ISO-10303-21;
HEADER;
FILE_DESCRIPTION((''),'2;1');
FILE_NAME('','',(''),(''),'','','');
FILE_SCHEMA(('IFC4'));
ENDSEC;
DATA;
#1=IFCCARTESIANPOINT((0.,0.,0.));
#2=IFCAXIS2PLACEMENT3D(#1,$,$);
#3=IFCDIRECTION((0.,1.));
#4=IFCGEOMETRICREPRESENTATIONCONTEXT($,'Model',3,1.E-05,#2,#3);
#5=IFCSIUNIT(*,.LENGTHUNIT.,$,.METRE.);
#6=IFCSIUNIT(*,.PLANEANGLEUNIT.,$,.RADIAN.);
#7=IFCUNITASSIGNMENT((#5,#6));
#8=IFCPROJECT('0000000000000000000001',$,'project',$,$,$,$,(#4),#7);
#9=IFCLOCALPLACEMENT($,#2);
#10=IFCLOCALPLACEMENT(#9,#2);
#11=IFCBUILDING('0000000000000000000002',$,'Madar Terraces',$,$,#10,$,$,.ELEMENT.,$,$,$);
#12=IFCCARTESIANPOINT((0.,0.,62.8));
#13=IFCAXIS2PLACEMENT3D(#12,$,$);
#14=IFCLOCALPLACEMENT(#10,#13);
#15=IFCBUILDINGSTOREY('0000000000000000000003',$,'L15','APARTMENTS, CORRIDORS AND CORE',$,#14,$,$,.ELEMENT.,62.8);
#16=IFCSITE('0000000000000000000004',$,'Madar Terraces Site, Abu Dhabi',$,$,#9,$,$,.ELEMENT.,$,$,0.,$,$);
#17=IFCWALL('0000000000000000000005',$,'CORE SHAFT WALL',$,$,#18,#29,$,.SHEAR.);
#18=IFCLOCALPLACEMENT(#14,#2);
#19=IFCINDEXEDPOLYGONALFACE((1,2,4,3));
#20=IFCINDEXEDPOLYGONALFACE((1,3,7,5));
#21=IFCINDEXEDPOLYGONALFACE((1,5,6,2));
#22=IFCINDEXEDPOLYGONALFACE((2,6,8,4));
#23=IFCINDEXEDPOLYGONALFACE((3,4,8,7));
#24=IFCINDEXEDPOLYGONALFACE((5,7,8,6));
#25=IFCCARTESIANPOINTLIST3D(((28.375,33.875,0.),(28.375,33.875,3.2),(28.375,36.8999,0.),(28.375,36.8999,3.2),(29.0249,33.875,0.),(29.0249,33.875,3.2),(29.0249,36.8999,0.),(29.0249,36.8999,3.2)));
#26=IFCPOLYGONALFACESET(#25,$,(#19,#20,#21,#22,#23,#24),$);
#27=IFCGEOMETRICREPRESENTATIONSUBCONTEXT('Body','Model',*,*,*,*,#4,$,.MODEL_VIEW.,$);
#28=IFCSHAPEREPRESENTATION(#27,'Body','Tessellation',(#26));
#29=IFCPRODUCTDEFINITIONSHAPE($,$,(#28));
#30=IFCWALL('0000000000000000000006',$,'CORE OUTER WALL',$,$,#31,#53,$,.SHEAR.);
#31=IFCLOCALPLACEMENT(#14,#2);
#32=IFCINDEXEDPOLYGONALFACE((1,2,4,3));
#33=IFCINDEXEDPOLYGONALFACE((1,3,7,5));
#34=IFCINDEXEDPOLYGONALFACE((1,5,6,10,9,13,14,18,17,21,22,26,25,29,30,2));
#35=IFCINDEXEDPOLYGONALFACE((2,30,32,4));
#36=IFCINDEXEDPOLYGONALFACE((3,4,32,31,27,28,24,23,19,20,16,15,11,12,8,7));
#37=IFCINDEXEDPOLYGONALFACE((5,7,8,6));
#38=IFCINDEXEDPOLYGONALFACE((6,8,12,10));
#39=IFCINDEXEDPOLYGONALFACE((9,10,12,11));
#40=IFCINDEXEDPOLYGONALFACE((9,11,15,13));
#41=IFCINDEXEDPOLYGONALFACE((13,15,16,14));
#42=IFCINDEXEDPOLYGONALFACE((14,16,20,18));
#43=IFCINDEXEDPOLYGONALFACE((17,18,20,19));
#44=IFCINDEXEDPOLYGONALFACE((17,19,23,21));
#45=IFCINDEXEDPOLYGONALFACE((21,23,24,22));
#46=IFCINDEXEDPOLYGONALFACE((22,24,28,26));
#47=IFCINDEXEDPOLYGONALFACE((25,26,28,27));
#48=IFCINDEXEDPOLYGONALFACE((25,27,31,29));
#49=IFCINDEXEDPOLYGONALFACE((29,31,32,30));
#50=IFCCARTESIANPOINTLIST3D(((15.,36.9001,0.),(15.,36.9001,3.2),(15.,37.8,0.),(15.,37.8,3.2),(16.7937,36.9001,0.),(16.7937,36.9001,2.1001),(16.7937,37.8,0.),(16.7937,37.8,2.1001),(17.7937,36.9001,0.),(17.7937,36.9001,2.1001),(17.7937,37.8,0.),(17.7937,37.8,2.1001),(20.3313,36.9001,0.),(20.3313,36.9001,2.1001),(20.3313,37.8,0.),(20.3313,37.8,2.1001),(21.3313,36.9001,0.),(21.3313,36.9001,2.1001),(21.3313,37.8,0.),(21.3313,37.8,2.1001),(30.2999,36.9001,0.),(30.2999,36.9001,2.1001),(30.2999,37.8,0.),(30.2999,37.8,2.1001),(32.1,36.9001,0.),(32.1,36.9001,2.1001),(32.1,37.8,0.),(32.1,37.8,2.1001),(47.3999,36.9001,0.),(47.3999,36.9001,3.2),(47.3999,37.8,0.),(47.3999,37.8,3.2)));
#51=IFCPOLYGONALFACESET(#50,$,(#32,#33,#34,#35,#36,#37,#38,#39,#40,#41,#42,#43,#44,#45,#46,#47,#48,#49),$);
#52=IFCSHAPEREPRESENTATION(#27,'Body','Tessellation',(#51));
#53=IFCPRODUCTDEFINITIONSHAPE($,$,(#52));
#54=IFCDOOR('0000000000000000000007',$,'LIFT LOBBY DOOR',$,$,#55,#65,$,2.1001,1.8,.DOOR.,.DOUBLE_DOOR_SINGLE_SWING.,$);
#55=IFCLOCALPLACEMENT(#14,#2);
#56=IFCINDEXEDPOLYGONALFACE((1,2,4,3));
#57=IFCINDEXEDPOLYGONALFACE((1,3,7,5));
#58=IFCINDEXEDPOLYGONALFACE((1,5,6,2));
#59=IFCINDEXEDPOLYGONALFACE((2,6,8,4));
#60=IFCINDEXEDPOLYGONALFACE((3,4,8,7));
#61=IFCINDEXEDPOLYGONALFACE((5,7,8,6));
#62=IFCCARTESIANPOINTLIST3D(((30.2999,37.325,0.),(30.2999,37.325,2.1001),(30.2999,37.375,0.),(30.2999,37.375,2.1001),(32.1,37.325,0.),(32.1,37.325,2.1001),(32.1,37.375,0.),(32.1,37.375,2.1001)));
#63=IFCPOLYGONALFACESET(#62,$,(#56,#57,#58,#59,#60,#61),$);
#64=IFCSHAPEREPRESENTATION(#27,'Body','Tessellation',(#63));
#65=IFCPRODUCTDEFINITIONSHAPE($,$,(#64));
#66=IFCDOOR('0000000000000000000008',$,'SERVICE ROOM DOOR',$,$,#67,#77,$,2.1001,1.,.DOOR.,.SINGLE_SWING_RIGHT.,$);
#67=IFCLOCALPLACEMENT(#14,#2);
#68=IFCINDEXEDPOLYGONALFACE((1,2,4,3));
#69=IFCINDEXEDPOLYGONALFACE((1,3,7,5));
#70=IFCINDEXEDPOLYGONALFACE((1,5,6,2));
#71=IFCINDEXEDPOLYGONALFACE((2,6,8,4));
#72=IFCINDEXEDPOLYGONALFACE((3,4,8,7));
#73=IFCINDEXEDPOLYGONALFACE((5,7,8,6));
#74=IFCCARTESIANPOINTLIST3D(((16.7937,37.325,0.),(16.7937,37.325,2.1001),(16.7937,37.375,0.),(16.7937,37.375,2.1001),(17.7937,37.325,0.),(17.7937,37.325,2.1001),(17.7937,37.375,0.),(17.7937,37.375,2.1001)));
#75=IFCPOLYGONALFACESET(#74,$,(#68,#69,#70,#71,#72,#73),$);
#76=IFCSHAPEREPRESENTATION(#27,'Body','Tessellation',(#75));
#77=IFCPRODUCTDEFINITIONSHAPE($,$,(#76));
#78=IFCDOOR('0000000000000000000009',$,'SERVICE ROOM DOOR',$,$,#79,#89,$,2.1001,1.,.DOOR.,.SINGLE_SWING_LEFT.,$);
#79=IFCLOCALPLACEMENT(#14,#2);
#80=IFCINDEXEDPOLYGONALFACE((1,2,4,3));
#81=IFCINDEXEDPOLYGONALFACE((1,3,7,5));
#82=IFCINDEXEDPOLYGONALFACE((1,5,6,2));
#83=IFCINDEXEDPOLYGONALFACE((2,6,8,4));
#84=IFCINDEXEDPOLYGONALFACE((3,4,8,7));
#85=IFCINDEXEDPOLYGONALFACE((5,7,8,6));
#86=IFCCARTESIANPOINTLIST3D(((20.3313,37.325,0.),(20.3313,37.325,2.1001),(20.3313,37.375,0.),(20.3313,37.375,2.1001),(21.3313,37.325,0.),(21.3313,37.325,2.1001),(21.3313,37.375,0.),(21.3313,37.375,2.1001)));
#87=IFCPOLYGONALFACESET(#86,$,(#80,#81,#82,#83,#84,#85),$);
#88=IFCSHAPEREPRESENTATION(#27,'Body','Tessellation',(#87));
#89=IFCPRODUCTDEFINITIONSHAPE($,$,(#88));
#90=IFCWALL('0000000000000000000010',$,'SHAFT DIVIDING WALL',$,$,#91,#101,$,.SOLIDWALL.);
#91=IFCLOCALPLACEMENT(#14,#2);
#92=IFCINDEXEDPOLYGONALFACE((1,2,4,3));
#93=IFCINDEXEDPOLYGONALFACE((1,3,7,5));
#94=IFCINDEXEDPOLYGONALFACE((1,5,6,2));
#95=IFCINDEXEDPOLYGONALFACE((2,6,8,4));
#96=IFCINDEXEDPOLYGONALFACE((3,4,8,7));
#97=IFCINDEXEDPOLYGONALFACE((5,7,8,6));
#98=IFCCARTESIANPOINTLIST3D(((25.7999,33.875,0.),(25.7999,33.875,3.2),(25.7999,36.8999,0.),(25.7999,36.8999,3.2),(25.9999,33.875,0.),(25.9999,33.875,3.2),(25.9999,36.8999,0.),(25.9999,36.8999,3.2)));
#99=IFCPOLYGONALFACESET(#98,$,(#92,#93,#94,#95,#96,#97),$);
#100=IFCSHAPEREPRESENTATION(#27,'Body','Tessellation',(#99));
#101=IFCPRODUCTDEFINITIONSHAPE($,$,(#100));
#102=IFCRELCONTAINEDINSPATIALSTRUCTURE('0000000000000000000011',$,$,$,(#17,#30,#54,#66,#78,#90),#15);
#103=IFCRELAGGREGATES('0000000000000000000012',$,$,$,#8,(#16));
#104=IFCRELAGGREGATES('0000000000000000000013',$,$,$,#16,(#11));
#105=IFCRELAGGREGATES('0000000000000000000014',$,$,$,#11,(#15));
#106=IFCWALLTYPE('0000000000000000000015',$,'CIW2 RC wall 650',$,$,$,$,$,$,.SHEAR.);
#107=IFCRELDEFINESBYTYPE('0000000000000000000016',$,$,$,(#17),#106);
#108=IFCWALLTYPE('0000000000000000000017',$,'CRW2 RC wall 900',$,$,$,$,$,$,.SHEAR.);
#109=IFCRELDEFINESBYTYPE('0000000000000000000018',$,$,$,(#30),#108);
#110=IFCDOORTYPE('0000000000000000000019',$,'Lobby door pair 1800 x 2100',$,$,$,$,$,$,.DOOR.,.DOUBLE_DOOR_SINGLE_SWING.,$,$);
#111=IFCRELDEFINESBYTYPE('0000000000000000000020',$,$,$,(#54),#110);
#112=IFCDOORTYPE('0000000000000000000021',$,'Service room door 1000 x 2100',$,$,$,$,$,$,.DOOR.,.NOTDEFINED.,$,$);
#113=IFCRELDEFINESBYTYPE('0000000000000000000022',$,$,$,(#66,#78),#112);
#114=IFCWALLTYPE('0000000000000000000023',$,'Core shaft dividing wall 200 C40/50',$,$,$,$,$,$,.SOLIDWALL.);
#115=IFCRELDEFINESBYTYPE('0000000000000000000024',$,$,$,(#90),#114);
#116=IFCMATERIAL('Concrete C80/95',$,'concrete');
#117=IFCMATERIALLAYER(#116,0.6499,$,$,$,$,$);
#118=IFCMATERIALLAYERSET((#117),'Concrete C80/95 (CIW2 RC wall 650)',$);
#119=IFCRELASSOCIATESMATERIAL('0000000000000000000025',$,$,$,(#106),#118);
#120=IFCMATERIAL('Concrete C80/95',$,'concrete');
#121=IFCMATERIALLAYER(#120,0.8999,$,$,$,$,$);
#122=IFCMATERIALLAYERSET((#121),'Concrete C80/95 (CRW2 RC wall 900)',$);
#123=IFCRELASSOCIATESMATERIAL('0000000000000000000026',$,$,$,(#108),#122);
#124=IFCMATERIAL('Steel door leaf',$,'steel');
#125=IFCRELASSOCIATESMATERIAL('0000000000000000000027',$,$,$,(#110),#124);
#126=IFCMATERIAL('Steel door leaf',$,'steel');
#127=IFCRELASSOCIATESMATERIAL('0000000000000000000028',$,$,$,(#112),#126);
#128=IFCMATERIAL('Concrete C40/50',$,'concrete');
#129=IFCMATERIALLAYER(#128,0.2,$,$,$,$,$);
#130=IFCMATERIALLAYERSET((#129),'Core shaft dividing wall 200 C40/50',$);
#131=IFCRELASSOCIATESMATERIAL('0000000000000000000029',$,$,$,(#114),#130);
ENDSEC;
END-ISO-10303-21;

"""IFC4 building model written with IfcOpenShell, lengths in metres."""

from ifc_helpers import new_model, si_unit, direction, frame, frame_2d, origin, place, context, subcontext, project, spatial, rectangle, extrude, material, layer, layer_set, type_object, element, fill, save


model = new_model("IFC4")

# Units and contexts
model_context = context("Model", 3, precision=1e-05, world=origin(), true_north=direction((0.0, 1.0)))
body_context = subcontext(model_context, "Body", "Model", "MODEL_VIEW")
ifc_project = project(units=[si_unit("LENGTHUNIT", "METRE"), si_unit("PLANEANGLEUNIT", "RADIAN")], contexts=[model_context])

# Site, building, storey
site_placement = place(None, origin())
site = spatial("IfcSite", under=ifc_project, at=site_placement, Name="Madar Terraces Site, Abu Dhabi", CompositionType="ELEMENT", RefElevation=0.0)
building_placement = place(site_placement, origin())
building = spatial("IfcBuilding", under=site, at=building_placement, Name="Madar Terraces", CompositionType="ELEMENT")
storey_placement = place(building_placement, frame((0.0, 0.0, 62.8)))
storey = spatial("IfcBuildingStorey", under=building, at=storey_placement, Name="L15", Description="APARTMENTS, CORRIDORS AND CORE", CompositionType="ELEMENT", Elevation=62.8)

# Wall
ifc_material_1 = material(Name="Concrete C80/95", Category="concrete")
ifc_layer_1 = layer(ifc_material_1, 0.6499)
ifc_layer_set_1 = layer_set([ifc_layer_1], Name="Concrete C80/95 (CIW2 RC wall 650)")
wall_type_1 = type_object("IfcWallType", Name="CIW2 RC wall 650", PredefinedType="SHEAR", material=ifc_layer_set_1)
wall_1_placement = place(storey_placement, frame((28.7, 33.875, 0.0), z_axis=(0.0, 0.0, 1.0), x_axis=(0.0, 1.0, 0.0)))
element("IfcWall", 1, at=wall_1_placement, inside=storey, type_object=wall_type_1, Name="CORE SHAFT WALL", PredefinedType="SHEAR", context=body_context, shape_type="SweptSolid", body=[
    extrude(rectangle(XDim=3.0249, YDim=0.6499, at=frame_2d((1.5125, 0.0))), origin(), (0.0, 0.0, 1.0), 3.2),
])

# Wall, openings, doors
ifc_material_2 = material(Name="Concrete C80/95", Category="concrete")
ifc_layer_2 = layer(ifc_material_2, 0.8999)
ifc_layer_set_2 = layer_set([ifc_layer_2], Name="Concrete C80/95 (CRW2 RC wall 900)")
wall_type_2 = type_object("IfcWallType", Name="CRW2 RC wall 900", PredefinedType="SHEAR", material=ifc_layer_set_2)
wall_2_placement = place(storey_placement, frame((15.0, 37.3501, 0.0), z_axis=(0.0, 0.0, 1.0), x_axis=(1.0, 0.0, 0.0)))
wall_2 = element("IfcWall", 2, at=wall_2_placement, inside=storey, type_object=wall_type_2, Name="CORE OUTER WALL", PredefinedType="SHEAR", context=body_context, shape_type="SweptSolid", body=[
    extrude(rectangle(XDim=32.3999, YDim=0.8999, at=frame_2d((16.2, 0.0))), origin(), (0.0, 0.0, 1.0), 3.2),
])
opening_1_placement = place(wall_2_placement, frame((15.3, 0.0, 0.0)))
opening_1 = element("IfcOpeningElement", 3, at=opening_1_placement, cuts=wall_2, PredefinedType="OPENING", context=body_context, shape_type="SweptSolid", body=[
    extrude(rectangle(XDim=1.8, YDim=2.1001, at=frame_2d((0.8999, 1.05))), frame((0.0, 0.46, 0.0), z_axis=(0.0, -1.0, 0.0), x_axis=(1.0, 0.0, 0.0)), (0.0, 0.0, 1.0), 0.9199),
])
opening_2_placement = place(wall_2_placement, frame((1.7937, 0.0, 0.0)))
opening_2 = element("IfcOpeningElement", 4, at=opening_2_placement, cuts=wall_2, PredefinedType="OPENING", context=body_context, shape_type="SweptSolid", body=[
    extrude(rectangle(XDim=1.0, YDim=2.1001, at=frame_2d((0.5, 1.05))), frame((0.0, 0.46, 0.0), z_axis=(0.0, -1.0, 0.0), x_axis=(1.0, 0.0, 0.0)), (0.0, 0.0, 1.0), 0.9199),
])
opening_3_placement = place(wall_2_placement, frame((5.3313, 0.0, 0.0)))
opening_3 = element("IfcOpeningElement", 5, at=opening_3_placement, cuts=wall_2, PredefinedType="OPENING", context=body_context, shape_type="SweptSolid", body=[
    extrude(rectangle(XDim=1.0, YDim=2.1001, at=frame_2d((0.5, 1.05))), frame((0.0, 0.46, 0.0), z_axis=(0.0, -1.0, 0.0), x_axis=(1.0, 0.0, 0.0)), (0.0, 0.0, 1.0), 0.9199),
])
ifc_material_3 = material(Name="Steel door leaf", Category="steel")
door_type_1 = type_object("IfcDoorType", Name="Lobby door pair 1800 x 2100", OperationType="DOUBLE_DOOR_SINGLE_SWING", PredefinedType="DOOR", material=ifc_material_3)
door_1_placement = place(opening_1_placement, origin())
door_1 = element("IfcDoor", 6, at=door_1_placement, inside=storey, type_object=door_type_1, Name="LIFT LOBBY DOOR", OperationType="DOUBLE_DOOR_SINGLE_SWING", OverallHeight=2.1001, OverallWidth=1.8, PredefinedType="DOOR", context=body_context, shape_type="SweptSolid", body=[
    extrude(rectangle(XDim=1.8, YDim=2.1001, at=frame_2d((0.8999, 1.05))), frame((0.0, 0.0249, 0.0), z_axis=(0.0, -1.0, 0.0), x_axis=(1.0, 0.0, 0.0)), (0.0, 0.0, 1.0), 0.05),
])
fill(opening_1, door_1)
ifc_material_4 = material(Name="Steel door leaf", Category="steel")
door_type_2 = type_object("IfcDoorType", Name="Service room door 1000 x 2100", OperationType="NOTDEFINED", PredefinedType="DOOR", material=ifc_material_4)
door_2_placement = place(opening_2_placement, origin())
door_2 = element("IfcDoor", 7, at=door_2_placement, inside=storey, type_object=door_type_2, Name="SERVICE ROOM DOOR", OperationType="SINGLE_SWING_RIGHT", OverallHeight=2.1001, OverallWidth=1.0, PredefinedType="DOOR", context=body_context, shape_type="SweptSolid", body=[
    extrude(rectangle(XDim=1.0, YDim=2.1001, at=frame_2d((0.5, 1.05))), frame((0.0, 0.0249, 0.0), z_axis=(0.0, -1.0, 0.0), x_axis=(1.0, 0.0, 0.0)), (0.0, 0.0, 1.0), 0.05),
])
fill(opening_2, door_2)
door_3_placement = place(opening_3_placement, origin())
door_3 = element("IfcDoor", 8, at=door_3_placement, inside=storey, type_object=door_type_2, Name="SERVICE ROOM DOOR", OperationType="SINGLE_SWING_LEFT", OverallHeight=2.1001, OverallWidth=1.0, PredefinedType="DOOR", context=body_context, shape_type="SweptSolid", body=[
    extrude(rectangle(XDim=1.0, YDim=2.1001, at=frame_2d((0.5, 1.05))), frame((0.0, 0.0249, 0.0), z_axis=(0.0, -1.0, 0.0), x_axis=(1.0, 0.0, 0.0)), (0.0, 0.0, 1.0), 0.05),
])
fill(opening_3, door_3)

# Wall
ifc_material_5 = material(Name="Concrete C40/50", Category="concrete")
ifc_layer_3 = layer(ifc_material_5, 0.2)
ifc_layer_set_3 = layer_set([ifc_layer_3], Name="Core shaft dividing wall 200 C40/50")
wall_type_3 = type_object("IfcWallType", Name="Core shaft dividing wall 200 C40/50", PredefinedType="SOLIDWALL", material=ifc_layer_set_3)
wall_3_placement = place(storey_placement, frame((25.8999, 33.875, 0.0), z_axis=(0.0, 0.0, 1.0), x_axis=(0.0, 1.0, 0.0)))
element("IfcWall", 9, at=wall_3_placement, inside=storey, type_object=wall_type_3, Name="SHAFT DIVIDING WALL", PredefinedType="SOLIDWALL", context=body_context, shape_type="SweptSolid", body=[
    extrude(rectangle(XDim=3.0249, YDim=0.2, at=frame_2d((1.5125, 0.0))), origin(), (0.0, 0.0, 1.0), 3.2),
])

save(model, "model.ifc")
